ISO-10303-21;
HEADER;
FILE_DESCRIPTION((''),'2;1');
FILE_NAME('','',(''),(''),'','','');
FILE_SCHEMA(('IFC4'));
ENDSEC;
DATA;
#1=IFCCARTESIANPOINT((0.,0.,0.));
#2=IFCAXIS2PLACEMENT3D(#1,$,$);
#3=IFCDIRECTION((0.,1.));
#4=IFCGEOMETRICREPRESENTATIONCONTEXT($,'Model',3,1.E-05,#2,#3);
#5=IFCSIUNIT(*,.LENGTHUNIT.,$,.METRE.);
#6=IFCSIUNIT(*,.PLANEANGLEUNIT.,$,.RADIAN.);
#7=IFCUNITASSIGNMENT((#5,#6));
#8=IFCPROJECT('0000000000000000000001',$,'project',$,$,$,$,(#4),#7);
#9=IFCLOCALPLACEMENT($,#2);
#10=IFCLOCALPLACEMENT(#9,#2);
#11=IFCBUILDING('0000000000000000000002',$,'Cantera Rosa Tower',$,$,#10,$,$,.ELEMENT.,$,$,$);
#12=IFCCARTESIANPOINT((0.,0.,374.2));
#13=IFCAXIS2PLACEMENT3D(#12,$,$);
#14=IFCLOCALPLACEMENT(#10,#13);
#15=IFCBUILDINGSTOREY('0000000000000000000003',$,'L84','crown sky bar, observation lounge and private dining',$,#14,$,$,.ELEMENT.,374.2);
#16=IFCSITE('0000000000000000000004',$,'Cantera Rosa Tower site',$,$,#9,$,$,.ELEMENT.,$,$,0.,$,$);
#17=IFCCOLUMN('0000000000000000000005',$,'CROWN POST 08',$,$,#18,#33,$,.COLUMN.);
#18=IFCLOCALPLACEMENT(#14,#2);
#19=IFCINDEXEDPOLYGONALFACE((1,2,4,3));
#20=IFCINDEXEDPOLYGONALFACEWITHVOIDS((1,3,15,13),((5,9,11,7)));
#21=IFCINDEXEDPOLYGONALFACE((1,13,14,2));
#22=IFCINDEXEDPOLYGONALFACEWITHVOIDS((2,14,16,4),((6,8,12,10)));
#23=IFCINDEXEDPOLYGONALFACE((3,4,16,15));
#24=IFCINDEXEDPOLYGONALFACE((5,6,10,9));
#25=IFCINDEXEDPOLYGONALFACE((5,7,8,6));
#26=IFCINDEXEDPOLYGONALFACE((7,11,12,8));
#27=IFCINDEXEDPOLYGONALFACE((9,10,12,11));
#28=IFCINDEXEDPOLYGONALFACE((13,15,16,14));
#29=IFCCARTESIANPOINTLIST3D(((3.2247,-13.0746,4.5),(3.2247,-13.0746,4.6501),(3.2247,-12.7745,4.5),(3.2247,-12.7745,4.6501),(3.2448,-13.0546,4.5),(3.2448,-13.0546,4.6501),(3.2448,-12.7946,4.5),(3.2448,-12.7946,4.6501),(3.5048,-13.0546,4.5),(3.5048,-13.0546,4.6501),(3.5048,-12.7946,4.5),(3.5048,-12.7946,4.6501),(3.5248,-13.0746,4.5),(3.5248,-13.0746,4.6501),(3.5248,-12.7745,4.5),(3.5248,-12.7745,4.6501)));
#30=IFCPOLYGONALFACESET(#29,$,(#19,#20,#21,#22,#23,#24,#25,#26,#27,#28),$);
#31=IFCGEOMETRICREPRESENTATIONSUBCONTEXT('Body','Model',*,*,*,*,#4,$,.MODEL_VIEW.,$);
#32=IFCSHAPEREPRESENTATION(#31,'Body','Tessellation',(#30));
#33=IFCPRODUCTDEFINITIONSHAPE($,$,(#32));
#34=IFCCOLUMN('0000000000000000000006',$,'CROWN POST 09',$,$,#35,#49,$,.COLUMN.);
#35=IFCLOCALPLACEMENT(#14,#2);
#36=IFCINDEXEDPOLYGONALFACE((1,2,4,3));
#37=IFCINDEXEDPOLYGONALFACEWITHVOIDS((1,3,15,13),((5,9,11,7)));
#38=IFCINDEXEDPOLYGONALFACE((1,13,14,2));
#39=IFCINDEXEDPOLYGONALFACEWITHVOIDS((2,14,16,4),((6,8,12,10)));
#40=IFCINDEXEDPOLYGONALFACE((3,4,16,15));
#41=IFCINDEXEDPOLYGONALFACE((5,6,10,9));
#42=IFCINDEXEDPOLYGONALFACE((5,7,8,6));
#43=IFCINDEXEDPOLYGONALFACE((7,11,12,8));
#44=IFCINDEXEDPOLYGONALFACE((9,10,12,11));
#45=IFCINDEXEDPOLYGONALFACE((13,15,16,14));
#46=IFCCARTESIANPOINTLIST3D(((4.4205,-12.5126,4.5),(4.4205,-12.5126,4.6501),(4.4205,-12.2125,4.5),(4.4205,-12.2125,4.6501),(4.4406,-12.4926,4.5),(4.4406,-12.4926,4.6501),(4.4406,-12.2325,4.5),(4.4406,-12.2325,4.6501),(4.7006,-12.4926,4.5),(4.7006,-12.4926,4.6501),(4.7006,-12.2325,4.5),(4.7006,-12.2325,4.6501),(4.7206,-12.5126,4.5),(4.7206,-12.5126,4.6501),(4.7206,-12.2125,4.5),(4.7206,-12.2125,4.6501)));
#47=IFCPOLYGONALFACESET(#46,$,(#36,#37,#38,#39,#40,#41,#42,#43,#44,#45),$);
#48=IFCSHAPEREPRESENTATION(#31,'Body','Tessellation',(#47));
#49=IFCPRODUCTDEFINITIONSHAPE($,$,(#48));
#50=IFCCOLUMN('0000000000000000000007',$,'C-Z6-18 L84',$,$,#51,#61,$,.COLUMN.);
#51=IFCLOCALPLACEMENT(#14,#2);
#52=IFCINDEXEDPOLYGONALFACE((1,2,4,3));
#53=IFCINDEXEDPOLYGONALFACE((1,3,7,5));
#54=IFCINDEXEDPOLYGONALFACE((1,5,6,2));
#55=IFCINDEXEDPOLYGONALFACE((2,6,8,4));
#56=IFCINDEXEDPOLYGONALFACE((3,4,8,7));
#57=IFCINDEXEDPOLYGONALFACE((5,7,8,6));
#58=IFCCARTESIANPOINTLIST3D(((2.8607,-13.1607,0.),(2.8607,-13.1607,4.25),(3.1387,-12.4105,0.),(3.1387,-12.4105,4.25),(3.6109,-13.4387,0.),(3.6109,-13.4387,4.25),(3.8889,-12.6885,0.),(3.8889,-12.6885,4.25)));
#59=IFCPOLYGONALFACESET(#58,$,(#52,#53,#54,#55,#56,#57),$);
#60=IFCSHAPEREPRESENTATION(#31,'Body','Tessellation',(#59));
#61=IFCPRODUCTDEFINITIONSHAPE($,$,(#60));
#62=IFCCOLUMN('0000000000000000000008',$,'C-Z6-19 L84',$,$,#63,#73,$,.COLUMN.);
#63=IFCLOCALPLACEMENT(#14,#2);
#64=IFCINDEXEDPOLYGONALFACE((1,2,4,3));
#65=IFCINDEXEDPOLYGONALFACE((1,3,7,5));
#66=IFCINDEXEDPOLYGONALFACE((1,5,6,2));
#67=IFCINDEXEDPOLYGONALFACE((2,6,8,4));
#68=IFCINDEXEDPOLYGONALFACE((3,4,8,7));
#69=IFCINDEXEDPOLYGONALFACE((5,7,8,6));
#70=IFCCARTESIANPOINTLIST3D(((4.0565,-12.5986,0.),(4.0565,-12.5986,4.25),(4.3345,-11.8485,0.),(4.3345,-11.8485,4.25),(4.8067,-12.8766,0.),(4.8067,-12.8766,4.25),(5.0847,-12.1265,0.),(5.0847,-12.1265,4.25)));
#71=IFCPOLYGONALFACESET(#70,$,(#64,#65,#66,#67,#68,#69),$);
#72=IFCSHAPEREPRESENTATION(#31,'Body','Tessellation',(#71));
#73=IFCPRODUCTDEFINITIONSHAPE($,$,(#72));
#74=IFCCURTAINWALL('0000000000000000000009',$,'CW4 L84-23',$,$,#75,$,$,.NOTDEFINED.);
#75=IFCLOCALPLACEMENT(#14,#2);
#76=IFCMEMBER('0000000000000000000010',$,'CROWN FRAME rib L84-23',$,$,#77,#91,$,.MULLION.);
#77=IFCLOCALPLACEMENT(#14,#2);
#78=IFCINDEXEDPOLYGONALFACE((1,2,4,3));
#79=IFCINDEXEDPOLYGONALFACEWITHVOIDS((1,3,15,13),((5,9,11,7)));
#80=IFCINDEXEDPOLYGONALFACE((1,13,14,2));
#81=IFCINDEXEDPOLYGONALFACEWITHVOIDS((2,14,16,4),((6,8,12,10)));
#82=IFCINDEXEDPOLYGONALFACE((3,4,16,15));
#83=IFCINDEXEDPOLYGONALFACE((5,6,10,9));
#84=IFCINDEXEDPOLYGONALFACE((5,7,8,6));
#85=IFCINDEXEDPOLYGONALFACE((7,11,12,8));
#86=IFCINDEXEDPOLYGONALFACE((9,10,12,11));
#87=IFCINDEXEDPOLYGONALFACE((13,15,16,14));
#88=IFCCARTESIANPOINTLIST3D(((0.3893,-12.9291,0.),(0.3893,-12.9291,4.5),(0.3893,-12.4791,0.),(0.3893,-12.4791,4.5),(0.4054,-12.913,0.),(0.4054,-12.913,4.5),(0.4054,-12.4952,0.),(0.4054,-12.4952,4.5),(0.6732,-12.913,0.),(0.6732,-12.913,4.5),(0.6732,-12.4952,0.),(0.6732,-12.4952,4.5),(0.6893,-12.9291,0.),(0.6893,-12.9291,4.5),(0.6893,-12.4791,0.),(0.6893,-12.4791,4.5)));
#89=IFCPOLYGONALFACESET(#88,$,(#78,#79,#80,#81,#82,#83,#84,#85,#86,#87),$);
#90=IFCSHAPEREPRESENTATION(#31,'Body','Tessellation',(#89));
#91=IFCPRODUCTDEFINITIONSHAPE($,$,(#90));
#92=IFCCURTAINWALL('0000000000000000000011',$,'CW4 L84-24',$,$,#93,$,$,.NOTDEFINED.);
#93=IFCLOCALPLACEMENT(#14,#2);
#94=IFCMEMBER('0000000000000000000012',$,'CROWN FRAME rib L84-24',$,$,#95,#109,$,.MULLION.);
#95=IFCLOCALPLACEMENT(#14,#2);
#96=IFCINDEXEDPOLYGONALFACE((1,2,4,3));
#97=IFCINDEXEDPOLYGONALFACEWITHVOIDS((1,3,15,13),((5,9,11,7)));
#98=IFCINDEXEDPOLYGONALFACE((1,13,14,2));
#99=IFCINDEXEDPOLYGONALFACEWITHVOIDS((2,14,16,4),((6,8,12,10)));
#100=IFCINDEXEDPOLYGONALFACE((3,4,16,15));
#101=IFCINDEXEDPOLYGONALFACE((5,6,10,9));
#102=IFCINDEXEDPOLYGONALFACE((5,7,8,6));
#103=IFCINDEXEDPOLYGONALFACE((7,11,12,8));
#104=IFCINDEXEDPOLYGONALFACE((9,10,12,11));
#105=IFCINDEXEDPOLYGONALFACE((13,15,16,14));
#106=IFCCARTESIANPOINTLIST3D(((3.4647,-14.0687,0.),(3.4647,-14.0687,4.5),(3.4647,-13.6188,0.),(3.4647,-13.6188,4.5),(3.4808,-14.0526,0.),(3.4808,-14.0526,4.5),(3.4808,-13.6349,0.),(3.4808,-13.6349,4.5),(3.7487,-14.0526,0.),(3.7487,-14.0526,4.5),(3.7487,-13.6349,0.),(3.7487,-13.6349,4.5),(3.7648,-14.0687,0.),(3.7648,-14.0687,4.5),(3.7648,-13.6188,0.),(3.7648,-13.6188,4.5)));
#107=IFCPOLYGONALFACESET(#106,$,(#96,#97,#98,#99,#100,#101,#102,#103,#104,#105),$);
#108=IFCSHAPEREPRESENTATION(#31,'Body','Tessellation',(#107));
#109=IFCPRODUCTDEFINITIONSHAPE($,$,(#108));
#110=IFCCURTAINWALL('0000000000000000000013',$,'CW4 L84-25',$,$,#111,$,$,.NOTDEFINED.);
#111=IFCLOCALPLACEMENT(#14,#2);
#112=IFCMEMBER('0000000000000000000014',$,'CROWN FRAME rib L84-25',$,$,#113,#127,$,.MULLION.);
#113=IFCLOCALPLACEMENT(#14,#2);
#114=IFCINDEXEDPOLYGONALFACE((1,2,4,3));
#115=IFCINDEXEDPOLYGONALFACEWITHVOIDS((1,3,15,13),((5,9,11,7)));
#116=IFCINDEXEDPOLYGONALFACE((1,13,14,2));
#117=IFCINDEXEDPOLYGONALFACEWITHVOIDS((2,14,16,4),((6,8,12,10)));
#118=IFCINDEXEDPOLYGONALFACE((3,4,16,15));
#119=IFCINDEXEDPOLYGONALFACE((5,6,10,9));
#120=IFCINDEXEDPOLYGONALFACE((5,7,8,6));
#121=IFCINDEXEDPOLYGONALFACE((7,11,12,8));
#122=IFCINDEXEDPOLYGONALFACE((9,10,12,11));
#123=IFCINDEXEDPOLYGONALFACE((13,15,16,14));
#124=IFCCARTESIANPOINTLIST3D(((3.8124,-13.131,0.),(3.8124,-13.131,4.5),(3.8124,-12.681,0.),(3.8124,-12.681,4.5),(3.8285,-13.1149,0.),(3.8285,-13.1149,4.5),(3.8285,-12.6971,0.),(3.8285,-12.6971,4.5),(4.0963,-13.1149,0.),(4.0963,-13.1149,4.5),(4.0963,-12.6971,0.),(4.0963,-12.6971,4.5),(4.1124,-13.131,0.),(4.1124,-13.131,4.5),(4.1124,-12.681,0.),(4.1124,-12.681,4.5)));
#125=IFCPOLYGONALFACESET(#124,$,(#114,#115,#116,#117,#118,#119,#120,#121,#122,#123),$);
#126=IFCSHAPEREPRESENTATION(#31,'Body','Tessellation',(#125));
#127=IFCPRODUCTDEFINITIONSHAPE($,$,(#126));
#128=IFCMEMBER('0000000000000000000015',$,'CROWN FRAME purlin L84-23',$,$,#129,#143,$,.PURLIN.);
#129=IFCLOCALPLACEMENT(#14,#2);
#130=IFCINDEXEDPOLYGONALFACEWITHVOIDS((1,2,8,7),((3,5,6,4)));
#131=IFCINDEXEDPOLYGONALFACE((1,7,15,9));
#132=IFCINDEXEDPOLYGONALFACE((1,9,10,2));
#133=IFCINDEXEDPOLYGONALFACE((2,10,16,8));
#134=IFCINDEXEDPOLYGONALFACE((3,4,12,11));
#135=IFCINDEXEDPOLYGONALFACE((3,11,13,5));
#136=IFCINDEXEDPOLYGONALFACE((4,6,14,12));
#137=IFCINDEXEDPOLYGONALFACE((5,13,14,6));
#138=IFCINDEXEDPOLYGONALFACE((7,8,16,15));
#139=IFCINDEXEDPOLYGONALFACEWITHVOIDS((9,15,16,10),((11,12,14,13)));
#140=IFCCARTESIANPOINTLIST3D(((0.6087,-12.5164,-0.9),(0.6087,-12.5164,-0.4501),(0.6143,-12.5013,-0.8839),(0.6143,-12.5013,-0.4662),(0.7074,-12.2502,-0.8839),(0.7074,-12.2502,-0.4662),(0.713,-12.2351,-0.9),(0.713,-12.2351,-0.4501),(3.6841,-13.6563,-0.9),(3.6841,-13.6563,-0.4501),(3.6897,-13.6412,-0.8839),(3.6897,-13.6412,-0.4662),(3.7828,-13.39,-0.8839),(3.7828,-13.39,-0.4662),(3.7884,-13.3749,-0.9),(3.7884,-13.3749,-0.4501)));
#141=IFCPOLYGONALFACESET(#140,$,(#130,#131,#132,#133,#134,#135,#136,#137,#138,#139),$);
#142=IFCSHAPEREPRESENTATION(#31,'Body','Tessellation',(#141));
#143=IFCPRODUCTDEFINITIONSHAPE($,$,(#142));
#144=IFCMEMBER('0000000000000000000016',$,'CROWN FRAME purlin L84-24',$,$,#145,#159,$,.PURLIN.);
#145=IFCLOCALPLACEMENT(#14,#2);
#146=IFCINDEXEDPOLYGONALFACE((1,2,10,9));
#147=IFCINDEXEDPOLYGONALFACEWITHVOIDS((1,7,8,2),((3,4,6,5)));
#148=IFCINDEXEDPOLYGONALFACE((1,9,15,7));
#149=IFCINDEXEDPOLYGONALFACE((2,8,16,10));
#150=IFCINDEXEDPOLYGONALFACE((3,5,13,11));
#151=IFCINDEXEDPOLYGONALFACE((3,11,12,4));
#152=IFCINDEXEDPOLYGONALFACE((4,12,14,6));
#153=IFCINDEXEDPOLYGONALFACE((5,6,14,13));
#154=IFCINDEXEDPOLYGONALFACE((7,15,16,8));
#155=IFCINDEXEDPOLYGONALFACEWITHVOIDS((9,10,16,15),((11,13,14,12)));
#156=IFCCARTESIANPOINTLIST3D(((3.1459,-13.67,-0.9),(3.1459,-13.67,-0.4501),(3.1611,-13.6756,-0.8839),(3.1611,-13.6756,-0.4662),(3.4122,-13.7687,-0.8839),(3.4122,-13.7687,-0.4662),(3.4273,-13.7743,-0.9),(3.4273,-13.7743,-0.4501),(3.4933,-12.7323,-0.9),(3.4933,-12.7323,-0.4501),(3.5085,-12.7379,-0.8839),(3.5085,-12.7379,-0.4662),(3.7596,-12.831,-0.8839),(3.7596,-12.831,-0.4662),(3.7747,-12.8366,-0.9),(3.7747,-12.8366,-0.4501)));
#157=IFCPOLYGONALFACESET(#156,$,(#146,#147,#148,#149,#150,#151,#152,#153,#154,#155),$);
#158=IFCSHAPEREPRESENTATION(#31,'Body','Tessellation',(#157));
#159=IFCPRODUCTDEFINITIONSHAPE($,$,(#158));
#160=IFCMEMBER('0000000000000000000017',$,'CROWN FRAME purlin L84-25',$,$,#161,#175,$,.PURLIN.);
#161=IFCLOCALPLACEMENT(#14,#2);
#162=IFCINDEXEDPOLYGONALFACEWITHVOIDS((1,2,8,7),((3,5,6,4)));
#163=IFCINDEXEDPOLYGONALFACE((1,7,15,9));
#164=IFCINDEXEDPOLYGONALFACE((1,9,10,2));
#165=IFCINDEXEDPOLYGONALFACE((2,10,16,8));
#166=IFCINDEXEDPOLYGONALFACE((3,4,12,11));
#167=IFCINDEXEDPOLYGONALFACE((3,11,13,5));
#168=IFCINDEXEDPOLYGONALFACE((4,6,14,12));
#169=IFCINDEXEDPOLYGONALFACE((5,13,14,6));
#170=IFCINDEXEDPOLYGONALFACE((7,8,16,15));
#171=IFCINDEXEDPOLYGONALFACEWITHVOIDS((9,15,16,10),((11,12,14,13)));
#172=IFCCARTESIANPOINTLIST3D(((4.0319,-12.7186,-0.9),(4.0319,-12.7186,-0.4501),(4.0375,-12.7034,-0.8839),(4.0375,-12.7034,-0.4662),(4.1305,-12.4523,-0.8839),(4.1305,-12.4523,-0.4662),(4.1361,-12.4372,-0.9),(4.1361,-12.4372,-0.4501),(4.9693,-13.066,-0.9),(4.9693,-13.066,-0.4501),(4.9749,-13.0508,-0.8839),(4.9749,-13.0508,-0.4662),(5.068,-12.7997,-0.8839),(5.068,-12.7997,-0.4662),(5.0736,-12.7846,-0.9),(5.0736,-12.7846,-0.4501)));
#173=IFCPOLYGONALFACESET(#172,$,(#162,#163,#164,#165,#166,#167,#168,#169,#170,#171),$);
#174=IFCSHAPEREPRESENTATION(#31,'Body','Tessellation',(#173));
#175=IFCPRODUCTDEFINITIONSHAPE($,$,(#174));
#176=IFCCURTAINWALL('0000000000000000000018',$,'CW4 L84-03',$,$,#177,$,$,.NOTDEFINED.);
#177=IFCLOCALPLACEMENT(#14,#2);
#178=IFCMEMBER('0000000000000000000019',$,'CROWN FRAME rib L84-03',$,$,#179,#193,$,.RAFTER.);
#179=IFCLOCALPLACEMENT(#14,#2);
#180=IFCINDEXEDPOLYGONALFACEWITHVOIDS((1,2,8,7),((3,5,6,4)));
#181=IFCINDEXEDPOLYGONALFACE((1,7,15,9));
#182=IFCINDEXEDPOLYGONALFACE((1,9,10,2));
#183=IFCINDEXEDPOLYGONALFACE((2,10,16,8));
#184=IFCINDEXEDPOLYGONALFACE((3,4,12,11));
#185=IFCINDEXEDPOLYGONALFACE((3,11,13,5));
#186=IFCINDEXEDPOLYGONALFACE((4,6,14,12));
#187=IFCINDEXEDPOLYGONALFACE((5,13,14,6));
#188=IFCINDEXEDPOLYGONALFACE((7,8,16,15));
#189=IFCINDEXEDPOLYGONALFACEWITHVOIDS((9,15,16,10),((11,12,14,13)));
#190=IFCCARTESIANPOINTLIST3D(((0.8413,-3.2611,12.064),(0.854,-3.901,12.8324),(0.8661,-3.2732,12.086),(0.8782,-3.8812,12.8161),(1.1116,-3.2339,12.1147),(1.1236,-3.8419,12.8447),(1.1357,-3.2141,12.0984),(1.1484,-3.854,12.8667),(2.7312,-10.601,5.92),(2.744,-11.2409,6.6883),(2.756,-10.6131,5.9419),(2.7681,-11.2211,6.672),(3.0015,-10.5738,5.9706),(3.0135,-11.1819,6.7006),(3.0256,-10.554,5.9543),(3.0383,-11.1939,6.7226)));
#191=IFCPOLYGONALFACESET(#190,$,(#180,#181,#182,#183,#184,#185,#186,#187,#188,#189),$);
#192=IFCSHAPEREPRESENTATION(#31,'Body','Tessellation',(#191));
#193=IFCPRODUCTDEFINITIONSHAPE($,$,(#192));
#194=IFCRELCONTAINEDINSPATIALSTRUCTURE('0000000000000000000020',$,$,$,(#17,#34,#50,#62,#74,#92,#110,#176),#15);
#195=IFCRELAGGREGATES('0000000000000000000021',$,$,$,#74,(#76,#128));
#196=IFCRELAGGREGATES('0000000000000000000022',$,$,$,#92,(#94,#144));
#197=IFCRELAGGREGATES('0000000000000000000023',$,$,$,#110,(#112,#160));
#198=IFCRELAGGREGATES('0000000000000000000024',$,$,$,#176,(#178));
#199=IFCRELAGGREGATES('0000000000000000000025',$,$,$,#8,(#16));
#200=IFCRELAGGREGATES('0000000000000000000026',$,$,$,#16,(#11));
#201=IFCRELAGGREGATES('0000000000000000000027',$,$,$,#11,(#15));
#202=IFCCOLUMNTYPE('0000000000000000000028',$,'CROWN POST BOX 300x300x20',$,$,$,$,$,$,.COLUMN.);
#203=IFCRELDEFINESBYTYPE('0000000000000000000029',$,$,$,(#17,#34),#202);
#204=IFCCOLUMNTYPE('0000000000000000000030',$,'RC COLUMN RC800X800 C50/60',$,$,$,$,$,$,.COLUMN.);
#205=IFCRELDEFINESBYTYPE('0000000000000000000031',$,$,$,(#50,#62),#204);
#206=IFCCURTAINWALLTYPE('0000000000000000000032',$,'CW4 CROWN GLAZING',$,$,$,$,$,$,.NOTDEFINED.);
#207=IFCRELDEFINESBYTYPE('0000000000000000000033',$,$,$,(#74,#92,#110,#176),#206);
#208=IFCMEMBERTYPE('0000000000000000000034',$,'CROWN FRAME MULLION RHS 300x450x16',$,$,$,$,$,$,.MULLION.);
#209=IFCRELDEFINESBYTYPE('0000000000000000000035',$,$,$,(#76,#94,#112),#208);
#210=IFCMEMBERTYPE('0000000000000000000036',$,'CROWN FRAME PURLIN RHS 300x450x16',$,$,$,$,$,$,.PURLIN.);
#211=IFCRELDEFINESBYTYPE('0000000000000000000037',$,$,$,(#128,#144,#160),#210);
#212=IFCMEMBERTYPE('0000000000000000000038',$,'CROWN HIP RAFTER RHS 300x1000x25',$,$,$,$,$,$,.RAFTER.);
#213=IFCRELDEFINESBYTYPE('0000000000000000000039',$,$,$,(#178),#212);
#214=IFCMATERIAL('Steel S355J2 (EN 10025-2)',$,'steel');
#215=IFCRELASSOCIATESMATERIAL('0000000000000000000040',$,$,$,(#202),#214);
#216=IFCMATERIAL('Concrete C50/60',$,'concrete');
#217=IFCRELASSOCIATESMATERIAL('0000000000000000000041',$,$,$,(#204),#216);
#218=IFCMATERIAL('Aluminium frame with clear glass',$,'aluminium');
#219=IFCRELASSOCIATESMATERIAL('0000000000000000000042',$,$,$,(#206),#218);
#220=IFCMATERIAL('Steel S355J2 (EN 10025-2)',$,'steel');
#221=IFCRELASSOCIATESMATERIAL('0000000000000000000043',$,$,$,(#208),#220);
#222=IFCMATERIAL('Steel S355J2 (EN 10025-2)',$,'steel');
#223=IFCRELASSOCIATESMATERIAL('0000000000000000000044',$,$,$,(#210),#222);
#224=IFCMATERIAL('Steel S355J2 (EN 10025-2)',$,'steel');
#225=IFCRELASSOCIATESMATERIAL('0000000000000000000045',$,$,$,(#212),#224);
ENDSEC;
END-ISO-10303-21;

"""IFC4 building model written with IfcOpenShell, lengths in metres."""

from ifc_helpers import new_model, si_unit, direction, frame, origin, origin_2d, place, context, subcontext, project, spatial, rectangle, hollow_rectangle, extrude, material, material_profile, profile_set, type_object, element, aggregate, save


model = new_model("IFC4")

# Units and contexts
model_context = context("Model", 3, precision=1e-05, world=origin(), true_north=direction((0.0, 1.0)))
body_context = subcontext(model_context, "Body", "Model", "MODEL_VIEW")
ifc_project = project(units=[si_unit("LENGTHUNIT", "METRE"), si_unit("PLANEANGLEUNIT", "RADIAN")], contexts=[model_context])

# Site, building, storey
site_placement = place(None, origin())
site = spatial("IfcSite", under=ifc_project, at=site_placement, Name="Cantera Rosa Tower site", CompositionType="ELEMENT", RefElevation=0.0)
building_placement = place(site_placement, origin())
building = spatial("IfcBuilding", under=site, at=building_placement, Name="Cantera Rosa Tower", CompositionType="ELEMENT")
storey_placement = place(building_placement, frame((0.0, 0.0, 374.2)))
storey = spatial("IfcBuildingStorey", under=building, at=storey_placement, Name="L84", Description="crown sky bar, observation lounge and private dining", CompositionType="ELEMENT", Elevation=374.2)

# Columns
ifc_material_1 = material(Name="Steel S355J2 (EN 10025-2)", Category="steel")
ifc_material_profile_1 = material_profile(ifc_material_1, hollow_rectangle(XDim=0.3, YDim=0.3, WallThickness=0.02, at=origin_2d()), Name="CROWN POST BOX 300x300x20")
ifc_profile_set_1 = profile_set([ifc_material_profile_1], Name="Steel S355J2 (EN 10025-2)")
column_type_1 = type_object("IfcColumnType", Name="CROWN POST BOX 300x300x20", PredefinedType="COLUMN", material=ifc_profile_set_1)
for number, where, z_axis, x_axis, name in (
    (1, (3.3748, -12.9246, 4.5), (0.0, 0.0, 1.0), (1.0, 0.0, 0.0), "CROWN POST 08"),
    (2, (4.5706, -12.3625, 4.5), (0.0, 0.0, 1.0), (1.0, 0.0, 0.0), "CROWN POST 09"),
):
    element("IfcColumn", number, at=place(storey_placement, frame(where, z_axis=z_axis, x_axis=x_axis)), inside=storey, type_object=column_type_1, Name=name, PredefinedType="COLUMN", context=body_context, shape_type="SweptSolid", body=[
        extrude(hollow_rectangle(XDim=0.3, YDim=0.3, WallThickness=0.02, at=origin_2d()), origin(), (0.0, 0.0, 1.0), 0.1501),
    ])
ifc_material_2 = material(Name="Concrete C50/60", Category="concrete")
ifc_material_profile_2 = material_profile(ifc_material_2, rectangle(XDim=0.8, YDim=0.8, at=origin_2d()), Name="RC COLUMN RC800X800 C50/60")
ifc_profile_set_2 = profile_set([ifc_material_profile_2], Name="Concrete C50/60")
column_type_2 = type_object("IfcColumnType", Name="RC COLUMN RC800X800 C50/60", PredefinedType="COLUMN", material=ifc_profile_set_2)
for number, where, z_axis, x_axis, name in (
    (3, (3.3748, -12.9246, 0.0), (0.0, 0.0, 1.0), (0.347481, 0.937687, 0.0), "C-Z6-18 L84"),
    (4, (4.5706, -12.3625, 0.0), (0.0, 0.0, 1.0), (0.347481, 0.937687, 0.0), "C-Z6-19 L84"),
):
    element("IfcColumn", number, at=place(storey_placement, frame(where, z_axis=z_axis, x_axis=x_axis)), inside=storey, type_object=column_type_2, Name=name, PredefinedType="COLUMN", context=body_context, shape_type="SweptSolid", body=[
        extrude(rectangle(XDim=0.8, YDim=0.8, at=origin_2d()), origin(), (0.0, 0.0, 1.0), 4.25),
    ])

# Curtain walls, members
ifc_material_3 = material(Name="Aluminium frame with clear glass", Category="aluminium")
curtain_wall_type = type_object("IfcCurtainWallType", Name="CW4 CROWN GLAZING", PredefinedType="NOTDEFINED", material=ifc_material_3)
curtain_wall_1_placement = place(storey_placement, origin())
curtain_wall_1 = element("IfcCurtainWall", 5, at=curtain_wall_1_placement, inside=storey, type_object=curtain_wall_type, Name="CW4 L84-23", PredefinedType="NOTDEFINED")
ifc_material_4 = material(Name="Steel S355J2 (EN 10025-2)", Category="steel")
ifc_material_profile_3 = material_profile(ifc_material_4, hollow_rectangle(XDim=0.3, YDim=0.45, WallThickness=0.0161, at=origin_2d()), Name="CROWN FRAME MULLION RHS 300x450x16")
ifc_profile_set_3 = profile_set([ifc_material_profile_3], Name="Steel S355J2 (EN 10025-2)")
member_type_1 = type_object("IfcMemberType", Name="CROWN FRAME MULLION RHS 300x450x16", PredefinedType="MULLION", material=ifc_profile_set_3)
member_1_placement = place(storey_placement, frame((0.5393, -12.7041, 0.0), z_axis=(0.0, 0.0, 1.0), x_axis=(1.0, 0.0, 0.0)))
member_1 = element("IfcMember", 6, at=member_1_placement, type_object=member_type_1, Name="CROWN FRAME rib L84-23", PredefinedType="MULLION", context=body_context, shape_type="SweptSolid", body=[
    extrude(hollow_rectangle(XDim=0.3, YDim=0.45, WallThickness=0.0161, at=origin_2d()), origin(), (0.0, 0.0, 1.0), 4.5),
])
curtain_wall_2_placement = place(storey_placement, origin())
curtain_wall_2 = element("IfcCurtainWall", 7, at=curtain_wall_2_placement, inside=storey, type_object=curtain_wall_type, Name="CW4 L84-24", PredefinedType="NOTDEFINED")
member_2_placement = place(storey_placement, frame((3.6147, -13.8438, 0.0), z_axis=(0.0, 0.0, 1.0), x_axis=(1.0, 0.0, 0.0)))
member_2 = element("IfcMember", 8, at=member_2_placement, type_object=member_type_1, Name="CROWN FRAME rib L84-24", PredefinedType="MULLION", context=body_context, shape_type="SweptSolid", body=[
    extrude(hollow_rectangle(XDim=0.3, YDim=0.45, WallThickness=0.0161, at=origin_2d()), origin(), (0.0, 0.0, 1.0), 4.5),
])
curtain_wall_3_placement = place(storey_placement, origin())
curtain_wall_3 = element("IfcCurtainWall", 9, at=curtain_wall_3_placement, inside=storey, type_object=curtain_wall_type, Name="CW4 L84-25", PredefinedType="NOTDEFINED")
member_3_placement = place(storey_placement, frame((3.9624, -12.906, 0.0), z_axis=(0.0, 0.0, 1.0), x_axis=(1.0, 0.0, 0.0)))
member_3 = element("IfcMember", 10, at=member_3_placement, type_object=member_type_1, Name="CROWN FRAME rib L84-25", PredefinedType="MULLION", context=body_context, shape_type="SweptSolid", body=[
    extrude(hollow_rectangle(XDim=0.3, YDim=0.45, WallThickness=0.0161, at=origin_2d()), origin(), (0.0, 0.0, 1.0), 4.5),
])

# Members
ifc_material_5 = material(Name="Steel S355J2 (EN 10025-2)", Category="steel")
ifc_material_profile_4 = material_profile(ifc_material_5, hollow_rectangle(XDim=0.3, YDim=0.45, WallThickness=0.0161, at=origin_2d()), Name="CROWN FRAME PURLIN RHS 300x450x16")
ifc_profile_set_4 = profile_set([ifc_material_profile_4], Name="Steel S355J2 (EN 10025-2)")
member_type_2 = type_object("IfcMemberType", Name="CROWN FRAME PURLIN RHS 300x450x16", PredefinedType="PURLIN", material=ifc_profile_set_4)
member_4_placement = place(storey_placement, frame((0.6609, -12.3757, -0.675), z_axis=(0.937665, -0.34754, 0.0), x_axis=(0.34754, 0.937665, 0.0)))
member_4 = element("IfcMember", 11, at=member_4_placement, type_object=member_type_2, Name="CROWN FRAME purlin L84-23", PredefinedType="PURLIN", context=body_context, shape_type="SweptSolid", body=[
    extrude(hollow_rectangle(XDim=0.3, YDim=0.45, WallThickness=0.0161, at=origin_2d()), origin(), (0.0, 0.0, 1.0), 3.2798),
])
member_5_placement = place(storey_placement, frame((3.2866, -13.7222, -0.675), z_axis=(0.347402, 0.937716, 0.0), x_axis=(-0.937716, 0.347402, 0.0)))
member_5 = element("IfcMember", 12, at=member_5_placement, type_object=member_type_2, Name="CROWN FRAME purlin L84-24", PredefinedType="PURLIN", context=body_context, shape_type="SweptSolid", body=[
    extrude(hollow_rectangle(XDim=0.3, YDim=0.45, WallThickness=0.0161, at=origin_2d()), origin(), (0.0, 0.0, 1.0), 1.0),
])
member_6_placement = place(storey_placement, frame((4.084, -12.5779, -0.675), z_axis=(0.937687, -0.347481, 0.0), x_axis=(0.347481, 0.937687, 0.0)))
member_6 = element("IfcMember", 13, at=member_6_placement, type_object=member_type_2, Name="CROWN FRAME purlin L84-25", PredefinedType="PURLIN", context=body_context, shape_type="SweptSolid", body=[
    extrude(hollow_rectangle(XDim=0.3, YDim=0.45, WallThickness=0.0161, at=origin_2d()), origin(), (0.0, 0.0, 1.0), 0.9998),
])

# Curtain wall, member
curtain_wall_4_placement = place(storey_placement, origin())
curtain_wall_4 = element("IfcCurtainWall", 14, at=curtain_wall_4_placement, inside=storey, type_object=curtain_wall_type, Name="CW4 L84-03", PredefinedType="NOTDEFINED")
ifc_material_6 = material(Name="Steel S355J2 (EN 10025-2)", Category="steel")
ifc_material_profile_5 = material_profile(ifc_material_6, hollow_rectangle(XDim=0.3, YDim=1.0, WallThickness=0.0249, at=origin_2d()), Name="CROWN HIP RAFTER RHS 300x1000x25")
ifc_profile_set_5 = profile_set([ifc_material_profile_5], Name="Steel S355J2 (EN 10025-2)")
member_type_3 = type_object("IfcMemberType", Name="CROWN HIP RAFTER RHS 300x1000x25", PredefinedType="RAFTER", material=ifc_profile_set_5)
member_7_placement = place(storey_placement, frame((2.8848, -10.8975, 6.3213), z_axis=(-0.193701, 0.752283, 0.629722), x_axis=(0.980978, 0.156837, 0.114384)))
member_7 = element("IfcMember", 15, at=member_7_placement, type_object=member_type_3, Name="CROWN FRAME rib L84-03", PredefinedType="RAFTER", context=body_context, shape_type="SweptSolid", body=[
    extrude(hollow_rectangle(XDim=0.3, YDim=1.0, WallThickness=0.0249, at=origin_2d()), origin(), (0.0, 0.0, 1.0), 9.7568),
])

aggregate(curtain_wall_1, [member_1, member_4])
aggregate(curtain_wall_2, [member_2, member_5])
aggregate(curtain_wall_3, [member_3, member_6])
aggregate(curtain_wall_4, [member_7])

save(model, "model.ifc")
